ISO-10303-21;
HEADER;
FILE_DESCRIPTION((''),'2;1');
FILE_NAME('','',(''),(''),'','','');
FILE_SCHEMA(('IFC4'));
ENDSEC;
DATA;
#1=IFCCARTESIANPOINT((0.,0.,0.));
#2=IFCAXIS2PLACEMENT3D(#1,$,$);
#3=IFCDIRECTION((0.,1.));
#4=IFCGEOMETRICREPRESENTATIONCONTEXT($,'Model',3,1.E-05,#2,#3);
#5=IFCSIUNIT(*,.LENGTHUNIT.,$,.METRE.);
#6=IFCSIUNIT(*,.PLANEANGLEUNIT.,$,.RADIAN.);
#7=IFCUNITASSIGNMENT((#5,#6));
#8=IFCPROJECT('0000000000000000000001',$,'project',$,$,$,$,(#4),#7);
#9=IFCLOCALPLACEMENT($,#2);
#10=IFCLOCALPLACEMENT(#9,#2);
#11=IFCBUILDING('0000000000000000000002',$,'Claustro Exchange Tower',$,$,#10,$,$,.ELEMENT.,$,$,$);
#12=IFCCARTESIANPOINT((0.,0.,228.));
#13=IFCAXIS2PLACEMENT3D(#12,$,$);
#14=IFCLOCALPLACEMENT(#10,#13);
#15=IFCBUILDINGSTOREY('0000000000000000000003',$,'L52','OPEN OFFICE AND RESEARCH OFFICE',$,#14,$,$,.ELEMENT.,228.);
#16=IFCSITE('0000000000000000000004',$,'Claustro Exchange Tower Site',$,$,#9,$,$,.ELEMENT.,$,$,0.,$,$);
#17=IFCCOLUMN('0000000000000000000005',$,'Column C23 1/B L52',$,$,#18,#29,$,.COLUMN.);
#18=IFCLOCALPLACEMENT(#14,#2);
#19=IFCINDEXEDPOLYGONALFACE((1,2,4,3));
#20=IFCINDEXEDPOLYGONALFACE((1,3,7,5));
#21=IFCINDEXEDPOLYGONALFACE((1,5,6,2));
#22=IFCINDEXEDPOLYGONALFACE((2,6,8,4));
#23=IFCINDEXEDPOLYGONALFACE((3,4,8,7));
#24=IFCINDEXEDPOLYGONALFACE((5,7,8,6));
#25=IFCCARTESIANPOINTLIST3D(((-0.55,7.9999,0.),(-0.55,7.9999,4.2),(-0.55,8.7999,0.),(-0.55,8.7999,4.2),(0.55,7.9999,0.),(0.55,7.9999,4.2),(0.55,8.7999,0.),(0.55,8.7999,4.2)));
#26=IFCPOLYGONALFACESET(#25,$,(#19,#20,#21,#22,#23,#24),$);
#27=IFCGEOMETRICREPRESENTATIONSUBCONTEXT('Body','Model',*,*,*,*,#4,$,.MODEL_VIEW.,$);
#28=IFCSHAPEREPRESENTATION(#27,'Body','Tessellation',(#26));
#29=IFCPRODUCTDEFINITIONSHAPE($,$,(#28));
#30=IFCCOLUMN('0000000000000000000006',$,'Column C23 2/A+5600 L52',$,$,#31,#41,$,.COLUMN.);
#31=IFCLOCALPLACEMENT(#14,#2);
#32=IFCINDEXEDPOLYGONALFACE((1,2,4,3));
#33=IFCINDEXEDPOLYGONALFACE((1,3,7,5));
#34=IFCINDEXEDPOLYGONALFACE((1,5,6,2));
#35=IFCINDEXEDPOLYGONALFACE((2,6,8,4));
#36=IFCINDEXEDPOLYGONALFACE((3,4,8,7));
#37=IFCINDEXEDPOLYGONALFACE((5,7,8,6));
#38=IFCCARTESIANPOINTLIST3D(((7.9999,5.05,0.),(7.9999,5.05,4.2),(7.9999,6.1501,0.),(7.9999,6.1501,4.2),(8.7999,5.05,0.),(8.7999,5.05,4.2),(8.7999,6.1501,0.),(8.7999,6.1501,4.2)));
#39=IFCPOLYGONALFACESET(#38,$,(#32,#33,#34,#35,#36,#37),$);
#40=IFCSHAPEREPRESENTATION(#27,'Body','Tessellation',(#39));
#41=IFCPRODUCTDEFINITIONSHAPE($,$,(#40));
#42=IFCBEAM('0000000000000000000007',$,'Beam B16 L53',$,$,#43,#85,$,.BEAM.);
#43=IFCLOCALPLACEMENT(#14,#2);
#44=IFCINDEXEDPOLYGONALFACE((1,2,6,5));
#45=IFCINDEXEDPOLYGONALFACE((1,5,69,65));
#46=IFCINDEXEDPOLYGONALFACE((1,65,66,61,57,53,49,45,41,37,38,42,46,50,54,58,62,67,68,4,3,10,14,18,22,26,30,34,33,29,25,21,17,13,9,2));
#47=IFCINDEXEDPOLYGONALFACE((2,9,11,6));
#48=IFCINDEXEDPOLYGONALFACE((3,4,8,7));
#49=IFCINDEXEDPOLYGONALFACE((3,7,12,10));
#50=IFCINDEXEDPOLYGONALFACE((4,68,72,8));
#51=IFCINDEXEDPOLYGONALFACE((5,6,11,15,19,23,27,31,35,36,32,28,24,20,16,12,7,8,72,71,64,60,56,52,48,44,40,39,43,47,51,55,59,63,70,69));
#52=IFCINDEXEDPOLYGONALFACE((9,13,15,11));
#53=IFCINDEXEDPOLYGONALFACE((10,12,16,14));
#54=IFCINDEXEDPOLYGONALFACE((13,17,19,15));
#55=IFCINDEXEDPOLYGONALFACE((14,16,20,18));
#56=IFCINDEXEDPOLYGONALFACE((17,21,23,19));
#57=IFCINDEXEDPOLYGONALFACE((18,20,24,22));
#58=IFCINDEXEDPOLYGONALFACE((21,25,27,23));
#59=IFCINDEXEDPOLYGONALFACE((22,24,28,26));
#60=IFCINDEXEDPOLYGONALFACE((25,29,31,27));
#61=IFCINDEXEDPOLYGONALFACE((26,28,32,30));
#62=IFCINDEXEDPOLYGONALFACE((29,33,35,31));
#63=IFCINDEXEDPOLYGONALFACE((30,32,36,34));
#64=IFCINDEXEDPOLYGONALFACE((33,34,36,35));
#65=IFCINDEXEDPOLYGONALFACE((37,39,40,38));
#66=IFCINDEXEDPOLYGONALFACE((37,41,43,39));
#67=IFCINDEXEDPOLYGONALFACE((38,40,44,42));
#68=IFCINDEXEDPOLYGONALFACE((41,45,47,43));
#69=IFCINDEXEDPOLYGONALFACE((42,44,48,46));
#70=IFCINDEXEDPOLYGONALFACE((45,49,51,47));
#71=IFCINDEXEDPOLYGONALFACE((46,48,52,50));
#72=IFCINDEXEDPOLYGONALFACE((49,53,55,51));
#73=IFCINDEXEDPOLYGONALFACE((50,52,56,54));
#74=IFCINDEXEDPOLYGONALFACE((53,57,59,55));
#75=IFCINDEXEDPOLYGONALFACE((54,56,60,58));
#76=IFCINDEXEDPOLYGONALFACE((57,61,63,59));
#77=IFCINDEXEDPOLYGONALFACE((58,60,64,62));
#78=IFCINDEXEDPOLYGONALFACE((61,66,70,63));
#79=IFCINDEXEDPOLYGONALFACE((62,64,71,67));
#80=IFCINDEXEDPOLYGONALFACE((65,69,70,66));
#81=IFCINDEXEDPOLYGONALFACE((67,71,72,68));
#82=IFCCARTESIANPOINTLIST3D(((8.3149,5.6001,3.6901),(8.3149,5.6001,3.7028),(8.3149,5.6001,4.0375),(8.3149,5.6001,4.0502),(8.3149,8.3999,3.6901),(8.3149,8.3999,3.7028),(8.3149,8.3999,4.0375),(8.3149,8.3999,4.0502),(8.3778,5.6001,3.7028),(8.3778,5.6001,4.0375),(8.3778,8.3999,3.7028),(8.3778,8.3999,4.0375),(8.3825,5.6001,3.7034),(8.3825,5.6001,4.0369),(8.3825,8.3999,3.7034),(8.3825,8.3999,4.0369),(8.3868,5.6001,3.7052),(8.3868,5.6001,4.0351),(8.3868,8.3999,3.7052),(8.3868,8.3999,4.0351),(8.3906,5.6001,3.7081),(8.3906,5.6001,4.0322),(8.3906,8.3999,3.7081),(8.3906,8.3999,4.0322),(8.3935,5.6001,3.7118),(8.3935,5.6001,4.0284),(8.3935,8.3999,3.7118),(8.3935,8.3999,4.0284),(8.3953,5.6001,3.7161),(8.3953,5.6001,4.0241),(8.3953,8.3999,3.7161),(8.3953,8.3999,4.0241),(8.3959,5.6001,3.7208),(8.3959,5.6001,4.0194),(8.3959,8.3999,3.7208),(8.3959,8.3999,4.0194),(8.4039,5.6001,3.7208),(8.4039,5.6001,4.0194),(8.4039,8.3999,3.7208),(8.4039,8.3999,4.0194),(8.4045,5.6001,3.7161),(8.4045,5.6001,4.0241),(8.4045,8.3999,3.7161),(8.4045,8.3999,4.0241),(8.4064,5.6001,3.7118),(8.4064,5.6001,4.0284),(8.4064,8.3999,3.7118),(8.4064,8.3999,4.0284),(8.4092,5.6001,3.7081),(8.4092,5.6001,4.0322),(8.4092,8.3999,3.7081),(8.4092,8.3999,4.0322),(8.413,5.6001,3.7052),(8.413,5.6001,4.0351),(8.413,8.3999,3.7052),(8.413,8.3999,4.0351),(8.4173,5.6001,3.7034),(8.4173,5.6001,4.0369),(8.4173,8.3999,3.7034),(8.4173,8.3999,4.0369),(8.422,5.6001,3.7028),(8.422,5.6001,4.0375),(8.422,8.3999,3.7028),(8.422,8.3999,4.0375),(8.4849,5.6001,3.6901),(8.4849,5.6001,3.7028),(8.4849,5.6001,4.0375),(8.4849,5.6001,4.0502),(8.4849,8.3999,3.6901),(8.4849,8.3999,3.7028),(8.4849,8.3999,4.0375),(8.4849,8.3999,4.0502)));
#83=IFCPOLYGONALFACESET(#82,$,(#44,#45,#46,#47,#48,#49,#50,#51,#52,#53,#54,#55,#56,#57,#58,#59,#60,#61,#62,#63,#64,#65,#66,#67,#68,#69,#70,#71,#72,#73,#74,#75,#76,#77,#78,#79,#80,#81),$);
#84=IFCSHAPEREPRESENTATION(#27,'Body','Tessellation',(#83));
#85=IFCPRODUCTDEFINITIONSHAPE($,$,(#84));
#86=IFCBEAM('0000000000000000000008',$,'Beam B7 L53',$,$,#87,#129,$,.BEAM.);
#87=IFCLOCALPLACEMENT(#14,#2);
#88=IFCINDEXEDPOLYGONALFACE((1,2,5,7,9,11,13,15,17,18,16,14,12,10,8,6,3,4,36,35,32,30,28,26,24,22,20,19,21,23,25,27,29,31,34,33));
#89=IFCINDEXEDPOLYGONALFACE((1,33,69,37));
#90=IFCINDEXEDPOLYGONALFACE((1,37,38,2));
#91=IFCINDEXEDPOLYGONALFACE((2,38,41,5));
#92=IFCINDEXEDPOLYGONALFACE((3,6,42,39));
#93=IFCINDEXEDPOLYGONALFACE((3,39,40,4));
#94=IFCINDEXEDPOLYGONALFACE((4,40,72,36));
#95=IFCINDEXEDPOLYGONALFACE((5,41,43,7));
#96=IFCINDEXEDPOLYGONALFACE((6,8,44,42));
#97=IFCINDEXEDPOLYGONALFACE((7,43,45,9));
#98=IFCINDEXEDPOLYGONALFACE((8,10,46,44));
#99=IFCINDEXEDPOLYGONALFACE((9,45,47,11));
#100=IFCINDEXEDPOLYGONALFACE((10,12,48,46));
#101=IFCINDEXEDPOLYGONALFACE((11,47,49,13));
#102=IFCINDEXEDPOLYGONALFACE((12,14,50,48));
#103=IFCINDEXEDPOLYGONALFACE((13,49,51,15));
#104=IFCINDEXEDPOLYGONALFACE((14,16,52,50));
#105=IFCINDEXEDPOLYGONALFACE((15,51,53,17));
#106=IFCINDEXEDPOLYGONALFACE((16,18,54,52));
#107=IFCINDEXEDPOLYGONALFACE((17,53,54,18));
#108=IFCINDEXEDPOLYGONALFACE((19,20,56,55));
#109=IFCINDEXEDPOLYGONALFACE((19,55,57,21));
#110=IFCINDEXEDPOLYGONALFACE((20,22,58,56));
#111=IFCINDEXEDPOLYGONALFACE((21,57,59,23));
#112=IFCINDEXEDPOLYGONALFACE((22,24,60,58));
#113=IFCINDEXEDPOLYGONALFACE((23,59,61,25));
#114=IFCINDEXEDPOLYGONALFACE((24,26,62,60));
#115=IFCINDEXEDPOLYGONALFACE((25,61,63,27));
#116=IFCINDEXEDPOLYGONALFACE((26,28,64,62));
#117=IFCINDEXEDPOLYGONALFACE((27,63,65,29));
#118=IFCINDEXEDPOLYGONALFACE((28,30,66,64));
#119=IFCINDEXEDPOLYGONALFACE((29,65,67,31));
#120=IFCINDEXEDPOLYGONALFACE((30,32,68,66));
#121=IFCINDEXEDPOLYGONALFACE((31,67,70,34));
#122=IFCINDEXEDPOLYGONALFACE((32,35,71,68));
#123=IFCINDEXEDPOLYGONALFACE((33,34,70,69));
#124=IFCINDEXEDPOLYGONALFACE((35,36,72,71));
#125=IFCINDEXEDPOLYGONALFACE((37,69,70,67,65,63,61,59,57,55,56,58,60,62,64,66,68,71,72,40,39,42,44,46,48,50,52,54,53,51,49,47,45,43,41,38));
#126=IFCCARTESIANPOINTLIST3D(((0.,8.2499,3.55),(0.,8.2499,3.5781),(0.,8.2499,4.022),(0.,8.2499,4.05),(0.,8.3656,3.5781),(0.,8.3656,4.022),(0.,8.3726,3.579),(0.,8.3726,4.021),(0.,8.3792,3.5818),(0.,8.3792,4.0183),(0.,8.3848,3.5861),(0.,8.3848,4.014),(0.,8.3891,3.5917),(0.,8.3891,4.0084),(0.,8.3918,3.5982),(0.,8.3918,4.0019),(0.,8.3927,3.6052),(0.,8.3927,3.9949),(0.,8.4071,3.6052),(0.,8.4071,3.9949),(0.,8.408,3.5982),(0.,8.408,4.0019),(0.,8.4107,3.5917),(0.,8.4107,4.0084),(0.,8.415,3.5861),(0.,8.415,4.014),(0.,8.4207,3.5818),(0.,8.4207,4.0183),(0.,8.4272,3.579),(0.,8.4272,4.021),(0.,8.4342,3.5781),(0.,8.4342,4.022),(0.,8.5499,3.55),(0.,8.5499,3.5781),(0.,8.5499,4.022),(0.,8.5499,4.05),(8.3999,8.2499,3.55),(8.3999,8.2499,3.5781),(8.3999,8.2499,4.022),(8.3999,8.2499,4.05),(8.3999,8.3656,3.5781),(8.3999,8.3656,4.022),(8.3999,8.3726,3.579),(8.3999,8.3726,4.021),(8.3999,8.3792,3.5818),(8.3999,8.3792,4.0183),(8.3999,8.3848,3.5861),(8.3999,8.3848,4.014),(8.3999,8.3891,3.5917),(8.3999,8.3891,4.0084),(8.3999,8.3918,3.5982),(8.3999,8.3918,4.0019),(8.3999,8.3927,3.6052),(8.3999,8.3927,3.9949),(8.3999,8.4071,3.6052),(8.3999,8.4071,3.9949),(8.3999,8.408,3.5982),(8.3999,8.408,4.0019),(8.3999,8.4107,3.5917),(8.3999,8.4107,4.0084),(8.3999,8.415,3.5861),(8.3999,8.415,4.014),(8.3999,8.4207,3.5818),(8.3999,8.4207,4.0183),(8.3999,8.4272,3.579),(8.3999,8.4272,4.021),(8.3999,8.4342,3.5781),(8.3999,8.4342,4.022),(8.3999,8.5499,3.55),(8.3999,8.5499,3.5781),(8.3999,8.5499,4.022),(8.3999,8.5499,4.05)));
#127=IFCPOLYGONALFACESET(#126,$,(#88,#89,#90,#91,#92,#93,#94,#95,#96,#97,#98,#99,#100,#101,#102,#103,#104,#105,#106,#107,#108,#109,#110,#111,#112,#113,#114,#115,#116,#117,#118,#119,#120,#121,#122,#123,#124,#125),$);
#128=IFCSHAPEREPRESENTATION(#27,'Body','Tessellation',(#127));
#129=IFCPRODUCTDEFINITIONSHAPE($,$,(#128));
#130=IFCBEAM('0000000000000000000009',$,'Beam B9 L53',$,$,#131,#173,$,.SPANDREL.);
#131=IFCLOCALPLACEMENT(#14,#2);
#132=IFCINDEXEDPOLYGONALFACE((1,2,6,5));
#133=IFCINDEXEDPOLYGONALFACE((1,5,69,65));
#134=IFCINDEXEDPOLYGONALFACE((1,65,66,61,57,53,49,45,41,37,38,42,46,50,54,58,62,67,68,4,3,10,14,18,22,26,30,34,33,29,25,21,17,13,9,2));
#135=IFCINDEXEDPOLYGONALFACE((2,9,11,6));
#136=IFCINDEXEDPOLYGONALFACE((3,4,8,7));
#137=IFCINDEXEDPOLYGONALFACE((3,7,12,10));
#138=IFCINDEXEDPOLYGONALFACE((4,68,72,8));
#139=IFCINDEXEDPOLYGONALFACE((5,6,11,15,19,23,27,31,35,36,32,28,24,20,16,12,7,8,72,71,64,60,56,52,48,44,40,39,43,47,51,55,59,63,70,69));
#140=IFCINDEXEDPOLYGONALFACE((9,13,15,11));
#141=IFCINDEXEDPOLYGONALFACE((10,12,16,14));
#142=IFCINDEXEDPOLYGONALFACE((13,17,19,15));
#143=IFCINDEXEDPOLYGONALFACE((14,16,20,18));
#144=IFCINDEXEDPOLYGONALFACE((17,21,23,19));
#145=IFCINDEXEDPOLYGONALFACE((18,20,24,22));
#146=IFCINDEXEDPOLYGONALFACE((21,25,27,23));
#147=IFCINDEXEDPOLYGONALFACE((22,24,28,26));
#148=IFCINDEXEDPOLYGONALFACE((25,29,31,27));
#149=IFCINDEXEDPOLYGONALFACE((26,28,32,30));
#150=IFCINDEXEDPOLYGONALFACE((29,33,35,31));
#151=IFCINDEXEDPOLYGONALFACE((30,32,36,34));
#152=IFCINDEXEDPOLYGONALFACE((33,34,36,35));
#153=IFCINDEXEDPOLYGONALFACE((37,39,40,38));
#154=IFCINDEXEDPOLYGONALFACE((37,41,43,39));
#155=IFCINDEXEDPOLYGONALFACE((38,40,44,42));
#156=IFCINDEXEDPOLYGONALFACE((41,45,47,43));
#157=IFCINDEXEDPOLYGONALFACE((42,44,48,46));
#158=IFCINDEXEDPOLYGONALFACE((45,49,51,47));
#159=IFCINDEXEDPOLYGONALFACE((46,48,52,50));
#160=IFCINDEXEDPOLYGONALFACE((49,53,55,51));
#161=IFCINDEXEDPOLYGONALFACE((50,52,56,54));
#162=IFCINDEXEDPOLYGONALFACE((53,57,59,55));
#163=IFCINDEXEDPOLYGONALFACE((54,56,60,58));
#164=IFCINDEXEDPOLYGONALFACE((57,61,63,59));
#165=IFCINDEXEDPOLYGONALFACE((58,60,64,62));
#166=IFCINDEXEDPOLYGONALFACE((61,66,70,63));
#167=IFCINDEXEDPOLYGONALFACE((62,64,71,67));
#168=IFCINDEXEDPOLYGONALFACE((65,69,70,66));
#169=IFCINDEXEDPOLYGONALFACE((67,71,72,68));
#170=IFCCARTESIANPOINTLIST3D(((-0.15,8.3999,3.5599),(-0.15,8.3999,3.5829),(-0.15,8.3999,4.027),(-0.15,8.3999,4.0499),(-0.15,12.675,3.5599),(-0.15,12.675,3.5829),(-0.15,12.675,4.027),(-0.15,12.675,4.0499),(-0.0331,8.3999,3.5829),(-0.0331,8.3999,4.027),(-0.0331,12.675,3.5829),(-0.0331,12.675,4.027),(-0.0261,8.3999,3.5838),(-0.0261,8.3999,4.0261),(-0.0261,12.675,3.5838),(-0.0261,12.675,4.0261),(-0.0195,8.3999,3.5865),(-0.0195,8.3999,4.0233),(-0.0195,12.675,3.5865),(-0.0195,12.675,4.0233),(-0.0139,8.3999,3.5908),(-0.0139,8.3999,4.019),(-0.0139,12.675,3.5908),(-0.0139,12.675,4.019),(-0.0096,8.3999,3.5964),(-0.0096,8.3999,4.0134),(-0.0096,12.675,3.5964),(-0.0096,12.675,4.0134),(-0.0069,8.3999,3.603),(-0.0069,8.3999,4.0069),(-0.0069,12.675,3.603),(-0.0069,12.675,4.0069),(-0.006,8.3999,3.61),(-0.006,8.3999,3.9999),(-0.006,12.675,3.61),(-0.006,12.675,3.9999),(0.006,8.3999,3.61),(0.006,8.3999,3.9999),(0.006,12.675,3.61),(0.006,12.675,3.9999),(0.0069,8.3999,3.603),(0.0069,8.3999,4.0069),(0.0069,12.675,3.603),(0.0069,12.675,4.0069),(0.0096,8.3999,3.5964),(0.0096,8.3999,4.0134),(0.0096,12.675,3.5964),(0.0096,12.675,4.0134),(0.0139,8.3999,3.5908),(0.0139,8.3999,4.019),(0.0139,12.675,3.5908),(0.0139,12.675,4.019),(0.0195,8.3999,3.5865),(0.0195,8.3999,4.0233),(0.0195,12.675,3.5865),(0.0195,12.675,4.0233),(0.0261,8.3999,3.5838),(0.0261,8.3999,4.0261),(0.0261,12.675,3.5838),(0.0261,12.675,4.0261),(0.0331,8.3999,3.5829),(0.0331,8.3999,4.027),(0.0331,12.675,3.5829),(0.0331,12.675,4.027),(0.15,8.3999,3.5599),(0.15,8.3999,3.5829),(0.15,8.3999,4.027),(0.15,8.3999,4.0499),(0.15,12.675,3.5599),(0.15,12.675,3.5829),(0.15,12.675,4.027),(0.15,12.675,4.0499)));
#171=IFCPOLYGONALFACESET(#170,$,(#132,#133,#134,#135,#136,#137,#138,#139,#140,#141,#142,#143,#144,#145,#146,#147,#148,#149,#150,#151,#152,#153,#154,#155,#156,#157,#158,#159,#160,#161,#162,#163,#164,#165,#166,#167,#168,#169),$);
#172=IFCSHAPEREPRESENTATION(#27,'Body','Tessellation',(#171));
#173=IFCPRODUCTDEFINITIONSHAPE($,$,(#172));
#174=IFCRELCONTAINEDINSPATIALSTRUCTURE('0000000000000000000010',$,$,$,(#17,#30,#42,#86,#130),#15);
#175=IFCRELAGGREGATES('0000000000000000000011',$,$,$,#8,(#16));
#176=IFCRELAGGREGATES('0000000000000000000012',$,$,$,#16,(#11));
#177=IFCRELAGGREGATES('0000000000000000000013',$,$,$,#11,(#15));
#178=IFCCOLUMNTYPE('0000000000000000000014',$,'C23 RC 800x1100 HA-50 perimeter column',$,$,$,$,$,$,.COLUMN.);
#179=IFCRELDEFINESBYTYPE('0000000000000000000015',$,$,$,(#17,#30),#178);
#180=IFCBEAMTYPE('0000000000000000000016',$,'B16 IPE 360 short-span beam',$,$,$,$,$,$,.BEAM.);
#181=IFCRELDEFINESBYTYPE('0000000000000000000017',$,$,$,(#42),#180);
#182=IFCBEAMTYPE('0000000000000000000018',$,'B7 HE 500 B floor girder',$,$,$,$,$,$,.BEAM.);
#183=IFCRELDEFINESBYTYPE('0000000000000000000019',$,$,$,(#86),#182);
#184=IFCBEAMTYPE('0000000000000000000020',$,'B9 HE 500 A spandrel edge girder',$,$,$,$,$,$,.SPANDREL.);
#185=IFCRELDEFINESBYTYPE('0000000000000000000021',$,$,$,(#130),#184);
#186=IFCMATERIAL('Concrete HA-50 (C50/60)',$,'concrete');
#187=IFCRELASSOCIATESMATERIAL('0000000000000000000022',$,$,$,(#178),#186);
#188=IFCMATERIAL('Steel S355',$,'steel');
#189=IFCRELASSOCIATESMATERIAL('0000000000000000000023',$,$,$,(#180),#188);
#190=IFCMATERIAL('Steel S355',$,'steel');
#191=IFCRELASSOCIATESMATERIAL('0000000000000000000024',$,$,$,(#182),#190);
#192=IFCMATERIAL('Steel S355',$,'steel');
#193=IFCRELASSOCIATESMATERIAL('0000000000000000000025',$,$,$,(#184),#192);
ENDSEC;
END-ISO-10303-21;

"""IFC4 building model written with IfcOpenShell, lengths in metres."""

from ifc_helpers import new_model, si_unit, direction, frame, origin, origin_2d, place, context, subcontext, project, spatial, rectangle, i_section, extrude, material, material_profile, profile_set, type_object, element, save


model = new_model("IFC4")

# Units and contexts
model_context = context("Model", 3, precision=1e-05, world=origin(), true_north=direction((0.0, 1.0)))
body_context = subcontext(model_context, "Body", "Model", "MODEL_VIEW")
ifc_project = project(units=[si_unit("LENGTHUNIT", "METRE"), si_unit("PLANEANGLEUNIT", "RADIAN")], contexts=[model_context])

# Site, building, storey
site_placement = place(None, origin())
site = spatial("IfcSite", under=ifc_project, at=site_placement, Name="Claustro Exchange Tower Site", CompositionType="ELEMENT", RefElevation=0.0)
building_placement = place(site_placement, origin())
building = spatial("IfcBuilding", under=site, at=building_placement, Name="Claustro Exchange Tower", CompositionType="ELEMENT")
storey_placement = place(building_placement, frame((0.0, 0.0, 228.0)))
storey = spatial("IfcBuildingStorey", under=building, at=storey_placement, Name="L52", Description="OPEN OFFICE AND RESEARCH OFFICE", CompositionType="ELEMENT", Elevation=228.0)

# Columns
ifc_material_1 = material(Name="Concrete HA-50 (C50/60)", Category="concrete")
ifc_material_profile_1 = material_profile(ifc_material_1, rectangle(XDim=0.8, YDim=1.1001, at=origin_2d()), Name="RC 800x1100")
ifc_profile_set_1 = profile_set([ifc_material_profile_1], Name="Concrete HA-50 (C50/60)")
column_type = type_object("IfcColumnType", Name="C23 RC 800x1100 HA-50 perimeter column", PredefinedType="COLUMN", material=ifc_profile_set_1)
for number, where, z_axis, x_axis, name in (
    (1, (0.0, 8.3999, 0.0), (0.0, 0.0, 1.0), (0.0, 1.0, 0.0), "Column C23 1/B L52"),
    (2, (8.3999, 5.6001, 0.0), (0.0, 0.0, 1.0), (1.0, 0.0, 0.0), "Column C23 2/A+5600 L52"),
):
    element("IfcColumn", number, at=place(storey_placement, frame(where, z_axis=z_axis, x_axis=x_axis)), inside=storey, type_object=column_type, Name=name, PredefinedType="COLUMN", context=body_context, shape_type="SweptSolid", body=[
        extrude(rectangle(XDim=0.8, YDim=1.1001, at=origin_2d()), origin(), (0.0, 0.0, 1.0), 4.2),
    ])

# Beams
ifc_material_2 = material(Name="Steel S355", Category="steel")
ifc_material_profile_2 = material_profile(ifc_material_2, i_section(OverallWidth=0.1699, OverallDepth=0.3601, WebThickness=0.0081, FlangeThickness=0.0127, FilletRadius=0.0181, at=origin_2d()), Name="IPE 360")
ifc_profile_set_2 = profile_set([ifc_material_profile_2], Name="Steel S355")
beam_type_1 = type_object("IfcBeamType", Name="B16 IPE 360 short-span beam", PredefinedType="BEAM", material=ifc_profile_set_2)
beam_1_placement = place(storey_placement, frame((8.3999, 5.6001, 3.8701), z_axis=(0.0, 1.0, 0.0), x_axis=(-1.0, 0.0, 0.0)))
element("IfcBeam", 3, at=beam_1_placement, inside=storey, type_object=beam_type_1, Name="Beam B16 L53", PredefinedType="BEAM", context=body_context, shape_type="SweptSolid", body=[
    extrude(i_section(OverallWidth=0.1699, OverallDepth=0.3601, WebThickness=0.0081, FlangeThickness=0.0127, FilletRadius=0.0181, at=origin_2d()), origin(), (0.0, 0.0, 1.0), 2.7998),
])
ifc_material_3 = material(Name="Steel S355", Category="steel")
ifc_material_profile_3 = material_profile(ifc_material_3, i_section(OverallWidth=0.3, OverallDepth=0.5, WebThickness=0.0144, FlangeThickness=0.0281, FilletRadius=0.0271, at=origin_2d()), Name="HE 500 B")
ifc_profile_set_3 = profile_set([ifc_material_profile_3], Name="Steel S355")
beam_type_2 = type_object("IfcBeamType", Name="B7 HE 500 B floor girder", PredefinedType="BEAM", material=ifc_profile_set_3)
beam_2_placement = place(storey_placement, frame((0.0, 8.3999, 3.8), z_axis=(1.0, 0.0, 0.0), x_axis=(0.0, 1.0, 0.0)))
element("IfcBeam", 4, at=beam_2_placement, inside=storey, type_object=beam_type_2, Name="Beam B7 L53", PredefinedType="BEAM", context=body_context, shape_type="SweptSolid", body=[
    extrude(i_section(OverallWidth=0.3, OverallDepth=0.5, WebThickness=0.0144, FlangeThickness=0.0281, FilletRadius=0.0271, at=origin_2d()), origin(), (0.0, 0.0, 1.0), 8.3999),
])
ifc_material_4 = material(Name="Steel S355", Category="steel")
ifc_material_profile_4 = material_profile(ifc_material_4, i_section(OverallWidth=0.3, OverallDepth=0.49, WebThickness=0.012, FlangeThickness=0.0229, FilletRadius=0.0271, at=origin_2d()), Name="HE 500 A")
ifc_profile_set_4 = profile_set([ifc_material_profile_4], Name="Steel S355")
beam_type_3 = type_object("IfcBeamType", Name="B9 HE 500 A spandrel edge girder", PredefinedType="SPANDREL", material=ifc_profile_set_4)
beam_3_placement = place(storey_placement, frame((0.0, 8.3999, 3.8049), z_axis=(0.0, 1.0, 0.0), x_axis=(-1.0, 0.0, 0.0)))
element("IfcBeam", 5, at=beam_3_placement, inside=storey, type_object=beam_type_3, Name="Beam B9 L53", PredefinedType="SPANDREL", context=body_context, shape_type="SweptSolid", body=[
    extrude(i_section(OverallWidth=0.3, OverallDepth=0.49, WebThickness=0.012, FlangeThickness=0.0229, FilletRadius=0.0271, at=origin_2d()), origin(), (0.0, 0.0, 1.0), 4.2751),
])

save(model, "model.ifc")
